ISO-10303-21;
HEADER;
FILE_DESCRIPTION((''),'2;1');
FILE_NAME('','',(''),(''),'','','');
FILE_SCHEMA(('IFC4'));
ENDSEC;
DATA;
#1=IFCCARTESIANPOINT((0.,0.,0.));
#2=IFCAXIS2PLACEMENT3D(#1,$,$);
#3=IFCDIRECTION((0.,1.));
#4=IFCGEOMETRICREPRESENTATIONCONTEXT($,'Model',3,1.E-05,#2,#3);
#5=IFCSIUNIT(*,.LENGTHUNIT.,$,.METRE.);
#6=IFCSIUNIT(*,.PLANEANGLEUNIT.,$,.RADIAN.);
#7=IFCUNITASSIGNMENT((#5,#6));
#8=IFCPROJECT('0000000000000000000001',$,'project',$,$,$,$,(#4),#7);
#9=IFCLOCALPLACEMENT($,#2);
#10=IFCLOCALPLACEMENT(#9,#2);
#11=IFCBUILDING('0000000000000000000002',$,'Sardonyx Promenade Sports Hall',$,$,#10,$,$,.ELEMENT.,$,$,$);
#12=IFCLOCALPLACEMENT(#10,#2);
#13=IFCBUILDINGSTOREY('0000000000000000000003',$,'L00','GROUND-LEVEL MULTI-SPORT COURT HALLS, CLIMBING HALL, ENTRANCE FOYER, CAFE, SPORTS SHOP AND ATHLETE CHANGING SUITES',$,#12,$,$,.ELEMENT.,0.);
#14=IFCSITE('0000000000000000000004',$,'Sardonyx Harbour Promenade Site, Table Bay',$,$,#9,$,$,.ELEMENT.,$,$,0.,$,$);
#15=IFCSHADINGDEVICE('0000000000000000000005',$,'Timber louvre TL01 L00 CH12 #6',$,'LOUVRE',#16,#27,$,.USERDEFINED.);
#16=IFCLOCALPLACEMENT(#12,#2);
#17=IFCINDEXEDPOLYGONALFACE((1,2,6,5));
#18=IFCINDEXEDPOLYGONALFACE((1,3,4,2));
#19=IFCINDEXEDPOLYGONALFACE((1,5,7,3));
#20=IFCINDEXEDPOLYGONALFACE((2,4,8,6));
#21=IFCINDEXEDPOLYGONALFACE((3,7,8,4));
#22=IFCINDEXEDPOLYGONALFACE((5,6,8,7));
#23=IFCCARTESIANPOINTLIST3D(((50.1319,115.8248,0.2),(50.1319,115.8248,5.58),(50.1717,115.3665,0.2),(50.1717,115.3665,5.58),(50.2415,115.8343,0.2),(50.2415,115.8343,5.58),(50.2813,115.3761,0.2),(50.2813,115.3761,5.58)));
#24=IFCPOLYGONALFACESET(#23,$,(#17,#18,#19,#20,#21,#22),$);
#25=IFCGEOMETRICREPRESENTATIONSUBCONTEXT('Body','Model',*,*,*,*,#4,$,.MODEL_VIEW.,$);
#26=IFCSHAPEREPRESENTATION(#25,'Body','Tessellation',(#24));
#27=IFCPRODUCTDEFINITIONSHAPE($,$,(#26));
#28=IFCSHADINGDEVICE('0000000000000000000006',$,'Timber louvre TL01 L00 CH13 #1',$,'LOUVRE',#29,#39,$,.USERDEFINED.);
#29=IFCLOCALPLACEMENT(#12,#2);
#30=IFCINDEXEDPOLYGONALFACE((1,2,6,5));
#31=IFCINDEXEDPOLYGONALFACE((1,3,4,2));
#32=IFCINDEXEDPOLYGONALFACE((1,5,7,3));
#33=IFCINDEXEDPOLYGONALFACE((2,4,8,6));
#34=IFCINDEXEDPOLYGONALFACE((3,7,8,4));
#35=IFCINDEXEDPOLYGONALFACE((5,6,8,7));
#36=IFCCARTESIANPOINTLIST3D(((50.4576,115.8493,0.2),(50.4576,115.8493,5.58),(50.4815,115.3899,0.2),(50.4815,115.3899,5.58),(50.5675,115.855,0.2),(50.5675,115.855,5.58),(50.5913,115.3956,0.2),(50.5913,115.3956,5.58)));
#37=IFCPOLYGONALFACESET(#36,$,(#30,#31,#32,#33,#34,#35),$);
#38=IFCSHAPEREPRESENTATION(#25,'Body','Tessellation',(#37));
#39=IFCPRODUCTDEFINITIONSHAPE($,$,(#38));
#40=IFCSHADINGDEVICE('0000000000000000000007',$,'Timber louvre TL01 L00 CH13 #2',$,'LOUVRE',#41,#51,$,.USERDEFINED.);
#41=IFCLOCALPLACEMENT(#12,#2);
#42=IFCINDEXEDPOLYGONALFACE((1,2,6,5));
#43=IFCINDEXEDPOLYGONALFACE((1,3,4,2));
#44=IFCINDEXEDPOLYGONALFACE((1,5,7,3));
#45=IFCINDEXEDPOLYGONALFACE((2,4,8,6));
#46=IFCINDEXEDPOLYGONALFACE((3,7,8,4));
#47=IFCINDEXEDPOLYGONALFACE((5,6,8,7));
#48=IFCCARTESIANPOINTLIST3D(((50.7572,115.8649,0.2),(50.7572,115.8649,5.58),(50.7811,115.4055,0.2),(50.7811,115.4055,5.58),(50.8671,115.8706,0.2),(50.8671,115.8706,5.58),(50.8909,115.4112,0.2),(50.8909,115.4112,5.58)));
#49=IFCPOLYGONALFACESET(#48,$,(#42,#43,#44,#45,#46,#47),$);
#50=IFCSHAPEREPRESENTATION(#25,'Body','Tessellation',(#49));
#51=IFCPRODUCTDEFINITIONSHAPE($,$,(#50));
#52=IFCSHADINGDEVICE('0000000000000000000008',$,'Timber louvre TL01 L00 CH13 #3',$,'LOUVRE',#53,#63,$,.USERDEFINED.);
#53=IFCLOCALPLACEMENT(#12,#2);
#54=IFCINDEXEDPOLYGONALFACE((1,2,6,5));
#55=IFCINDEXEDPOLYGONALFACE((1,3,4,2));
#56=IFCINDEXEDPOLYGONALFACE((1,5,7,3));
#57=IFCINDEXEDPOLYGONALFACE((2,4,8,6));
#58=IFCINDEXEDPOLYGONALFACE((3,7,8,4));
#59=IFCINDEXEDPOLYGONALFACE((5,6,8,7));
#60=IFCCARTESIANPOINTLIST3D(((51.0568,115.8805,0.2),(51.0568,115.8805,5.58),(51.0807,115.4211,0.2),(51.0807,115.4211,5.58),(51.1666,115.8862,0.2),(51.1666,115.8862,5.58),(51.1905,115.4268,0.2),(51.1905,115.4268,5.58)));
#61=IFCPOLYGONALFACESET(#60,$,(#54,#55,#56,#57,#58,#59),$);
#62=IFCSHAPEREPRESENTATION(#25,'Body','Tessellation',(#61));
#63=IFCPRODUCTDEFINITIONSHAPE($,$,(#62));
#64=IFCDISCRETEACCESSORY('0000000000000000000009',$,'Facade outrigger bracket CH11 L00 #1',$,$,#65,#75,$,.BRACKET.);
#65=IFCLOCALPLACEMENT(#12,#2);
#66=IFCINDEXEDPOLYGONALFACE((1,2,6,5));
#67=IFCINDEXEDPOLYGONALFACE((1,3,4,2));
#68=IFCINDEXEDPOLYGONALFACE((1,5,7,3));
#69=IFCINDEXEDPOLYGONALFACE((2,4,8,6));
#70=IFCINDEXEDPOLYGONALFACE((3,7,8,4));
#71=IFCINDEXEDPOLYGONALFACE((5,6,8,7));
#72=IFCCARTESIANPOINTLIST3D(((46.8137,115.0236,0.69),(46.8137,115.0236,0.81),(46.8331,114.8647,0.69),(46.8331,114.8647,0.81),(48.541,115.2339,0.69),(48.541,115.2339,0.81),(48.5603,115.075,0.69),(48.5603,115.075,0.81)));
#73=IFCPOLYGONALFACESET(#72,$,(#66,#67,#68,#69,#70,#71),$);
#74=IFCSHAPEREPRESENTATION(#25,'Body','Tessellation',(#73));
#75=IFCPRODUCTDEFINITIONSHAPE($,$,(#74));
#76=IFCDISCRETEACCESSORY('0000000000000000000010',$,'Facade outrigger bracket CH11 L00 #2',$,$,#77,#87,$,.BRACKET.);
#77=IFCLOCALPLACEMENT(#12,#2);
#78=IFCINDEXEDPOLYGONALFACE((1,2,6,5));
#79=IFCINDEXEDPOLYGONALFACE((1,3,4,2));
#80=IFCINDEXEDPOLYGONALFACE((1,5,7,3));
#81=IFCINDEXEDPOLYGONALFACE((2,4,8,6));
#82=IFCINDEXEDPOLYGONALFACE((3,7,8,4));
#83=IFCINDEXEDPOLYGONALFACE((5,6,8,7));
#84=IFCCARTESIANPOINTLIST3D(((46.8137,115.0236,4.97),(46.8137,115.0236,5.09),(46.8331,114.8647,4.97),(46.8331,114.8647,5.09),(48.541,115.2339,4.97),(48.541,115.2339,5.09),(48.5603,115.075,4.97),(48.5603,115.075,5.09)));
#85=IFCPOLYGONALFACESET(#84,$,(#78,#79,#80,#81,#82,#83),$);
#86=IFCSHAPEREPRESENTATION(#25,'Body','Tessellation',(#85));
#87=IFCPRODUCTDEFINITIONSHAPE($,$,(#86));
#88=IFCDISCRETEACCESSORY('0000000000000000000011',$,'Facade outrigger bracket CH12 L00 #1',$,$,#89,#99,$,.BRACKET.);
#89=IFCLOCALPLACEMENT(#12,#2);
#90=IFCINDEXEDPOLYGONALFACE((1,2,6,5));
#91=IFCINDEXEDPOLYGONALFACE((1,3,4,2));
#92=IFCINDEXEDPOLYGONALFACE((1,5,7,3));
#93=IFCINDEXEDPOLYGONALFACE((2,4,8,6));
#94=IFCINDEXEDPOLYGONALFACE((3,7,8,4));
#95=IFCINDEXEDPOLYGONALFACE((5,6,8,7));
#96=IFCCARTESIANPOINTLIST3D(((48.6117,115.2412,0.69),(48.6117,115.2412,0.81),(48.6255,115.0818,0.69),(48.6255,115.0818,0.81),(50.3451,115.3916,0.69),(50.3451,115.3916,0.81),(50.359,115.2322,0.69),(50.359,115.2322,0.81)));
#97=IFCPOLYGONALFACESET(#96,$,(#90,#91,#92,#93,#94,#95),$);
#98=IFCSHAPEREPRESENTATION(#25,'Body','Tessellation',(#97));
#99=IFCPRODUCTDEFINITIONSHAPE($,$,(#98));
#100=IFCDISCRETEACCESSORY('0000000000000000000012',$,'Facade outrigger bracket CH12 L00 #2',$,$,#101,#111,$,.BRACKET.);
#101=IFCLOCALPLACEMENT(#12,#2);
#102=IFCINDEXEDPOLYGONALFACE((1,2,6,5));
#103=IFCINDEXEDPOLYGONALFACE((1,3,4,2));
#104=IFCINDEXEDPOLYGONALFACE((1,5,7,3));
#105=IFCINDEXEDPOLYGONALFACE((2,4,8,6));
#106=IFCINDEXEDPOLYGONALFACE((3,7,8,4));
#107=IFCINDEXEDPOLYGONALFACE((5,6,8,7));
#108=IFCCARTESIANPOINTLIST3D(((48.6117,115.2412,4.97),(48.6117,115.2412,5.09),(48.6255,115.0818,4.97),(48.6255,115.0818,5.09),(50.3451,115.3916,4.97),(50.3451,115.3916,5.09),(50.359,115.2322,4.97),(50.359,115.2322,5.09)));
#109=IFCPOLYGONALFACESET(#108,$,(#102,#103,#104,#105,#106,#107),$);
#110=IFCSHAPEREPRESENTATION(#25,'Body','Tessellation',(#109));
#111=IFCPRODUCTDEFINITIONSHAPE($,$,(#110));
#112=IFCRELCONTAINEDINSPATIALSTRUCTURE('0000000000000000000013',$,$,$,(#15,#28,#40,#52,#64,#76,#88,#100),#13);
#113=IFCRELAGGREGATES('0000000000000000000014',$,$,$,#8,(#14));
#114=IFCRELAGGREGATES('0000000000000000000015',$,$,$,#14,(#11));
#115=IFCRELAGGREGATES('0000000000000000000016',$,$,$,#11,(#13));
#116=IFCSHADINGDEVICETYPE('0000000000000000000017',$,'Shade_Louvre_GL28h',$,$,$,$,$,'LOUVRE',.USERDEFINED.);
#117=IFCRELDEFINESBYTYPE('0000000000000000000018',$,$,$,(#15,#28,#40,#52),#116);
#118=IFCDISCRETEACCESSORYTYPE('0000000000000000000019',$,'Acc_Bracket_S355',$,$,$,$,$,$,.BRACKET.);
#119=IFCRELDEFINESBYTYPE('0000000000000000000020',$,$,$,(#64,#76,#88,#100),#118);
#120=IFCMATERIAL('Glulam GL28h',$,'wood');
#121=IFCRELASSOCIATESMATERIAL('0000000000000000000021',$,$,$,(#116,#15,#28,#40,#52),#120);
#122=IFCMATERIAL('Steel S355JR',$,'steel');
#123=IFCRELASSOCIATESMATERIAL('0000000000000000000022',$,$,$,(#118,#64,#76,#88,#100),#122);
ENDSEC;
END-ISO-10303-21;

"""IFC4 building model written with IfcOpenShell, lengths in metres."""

from ifc_helpers import new_model, si_unit, direction, frame, origin, place, context, subcontext, project, spatial, rectangle, extrude, material, type_object, element, save


model = new_model("IFC4")

# Units and contexts
model_context = context("Model", 3, precision=1e-05, world=origin(), true_north=direction((0.0, 1.0)))
body_context = subcontext(model_context, "Body", "Model", "MODEL_VIEW")
ifc_project = project(units=[si_unit("LENGTHUNIT", "METRE"), si_unit("PLANEANGLEUNIT", "RADIAN")], contexts=[model_context])

# Site, building, storey
site_placement = place(None, origin())
site = spatial("IfcSite", under=ifc_project, at=site_placement, Name="Sardonyx Harbour Promenade Site, Table Bay", CompositionType="ELEMENT", RefElevation=0.0)
building_placement = place(site_placement, origin())
building = spatial("IfcBuilding", under=site, at=building_placement, Name="Sardonyx Promenade Sports Hall", CompositionType="ELEMENT")
storey_placement = place(building_placement, origin())
storey = spatial("IfcBuildingStorey", under=building, at=storey_placement, Name="L00", Description="GROUND-LEVEL MULTI-SPORT COURT HALLS, CLIMBING HALL, ENTRANCE FOYER, CAFE, SPORTS SHOP AND ATHLETE CHANGING SUITES", CompositionType="ELEMENT", Elevation=0.0)

# Shading devices
ifc_material_1 = material(Name="Glulam GL28h", Category="wood")
shading_device_type = type_object("IfcShadingDeviceType", Name="Shade_Louvre_GL28h", ElementType="LOUVRE", PredefinedType="USERDEFINED", material=ifc_material_1)
for number, where, z_axis, x_axis, name in (
    (1, (50.2066, 115.6004, 0.2), (0.0, 0.0, 1.0), (0.996258, 0.086434, 0.0), "Timber louvre TL01 L00 CH12 #6"),
    (2, (50.5245, 115.6225, 0.2), (0.0, 0.0, 1.0), (0.998652, 0.051902, 0.0), "Timber louvre TL01 L00 CH13 #1"),
    (3, (50.8241, 115.6381, 0.2), (0.0, 0.0, 1.0), (0.998652, 0.051902, 0.0), "Timber louvre TL01 L00 CH13 #2"),
    (4, (51.1237, 115.6536, 0.2), (0.0, 0.0, 1.0), (0.998652, 0.051902, 0.0), "Timber louvre TL01 L00 CH13 #3"),
):
    element("IfcShadingDevice", number, at=place(storey_placement, frame(where, z_axis=z_axis, x_axis=x_axis)), inside=storey, type_object=shading_device_type, material=ifc_material_1, Name=name, ObjectType="LOUVRE", PredefinedType="USERDEFINED", context=body_context, shape_type="SweptSolid", body=[
        extrude(rectangle(XDim=0.11, YDim=0.46), origin(), (0.0, 0.0, 1.0), 5.38),
    ])

# Discrete accessories
ifc_material_2 = material(Name="Steel S355JR", Category="steel")
discrete_accessory_type = type_object("IfcDiscreteAccessoryType", Name="Acc_Bracket_S355", PredefinedType="BRACKET", material=ifc_material_2)
for number, where, z_axis, x_axis, name in (
    (5, (47.687, 115.0493, 0.69), (0.0, 0.0, 1.0), (0.992669, 0.120863, 0.0), "Facade outrigger bracket CH11 L00 #1"),
    (6, (47.687, 115.0493, 4.97), (0.0, 0.0, 1.0), (0.992669, 0.120863, 0.0), "Facade outrigger bracket CH11 L00 #2"),
    (7, (49.4853, 115.2367, 0.69), (0.0, 0.0, 1.0), (0.996258, 0.086434, 0.0), "Facade outrigger bracket CH12 L00 #1"),
    (8, (49.4853, 115.2367, 4.97), (0.0, 0.0, 1.0), (0.996258, 0.086434, 0.0), "Facade outrigger bracket CH12 L00 #2"),
):
    element("IfcDiscreteAccessory", number, at=place(storey_placement, frame(where, z_axis=z_axis, x_axis=x_axis)), inside=storey, type_object=discrete_accessory_type, material=ifc_material_2, Name=name, PredefinedType="BRACKET", context=body_context, shape_type="SweptSolid", body=[
        extrude(rectangle(XDim=1.74, YDim=0.16), origin(), (0.0, 0.0, 1.0), 0.12),
    ])

save(model, "model.ifc")
